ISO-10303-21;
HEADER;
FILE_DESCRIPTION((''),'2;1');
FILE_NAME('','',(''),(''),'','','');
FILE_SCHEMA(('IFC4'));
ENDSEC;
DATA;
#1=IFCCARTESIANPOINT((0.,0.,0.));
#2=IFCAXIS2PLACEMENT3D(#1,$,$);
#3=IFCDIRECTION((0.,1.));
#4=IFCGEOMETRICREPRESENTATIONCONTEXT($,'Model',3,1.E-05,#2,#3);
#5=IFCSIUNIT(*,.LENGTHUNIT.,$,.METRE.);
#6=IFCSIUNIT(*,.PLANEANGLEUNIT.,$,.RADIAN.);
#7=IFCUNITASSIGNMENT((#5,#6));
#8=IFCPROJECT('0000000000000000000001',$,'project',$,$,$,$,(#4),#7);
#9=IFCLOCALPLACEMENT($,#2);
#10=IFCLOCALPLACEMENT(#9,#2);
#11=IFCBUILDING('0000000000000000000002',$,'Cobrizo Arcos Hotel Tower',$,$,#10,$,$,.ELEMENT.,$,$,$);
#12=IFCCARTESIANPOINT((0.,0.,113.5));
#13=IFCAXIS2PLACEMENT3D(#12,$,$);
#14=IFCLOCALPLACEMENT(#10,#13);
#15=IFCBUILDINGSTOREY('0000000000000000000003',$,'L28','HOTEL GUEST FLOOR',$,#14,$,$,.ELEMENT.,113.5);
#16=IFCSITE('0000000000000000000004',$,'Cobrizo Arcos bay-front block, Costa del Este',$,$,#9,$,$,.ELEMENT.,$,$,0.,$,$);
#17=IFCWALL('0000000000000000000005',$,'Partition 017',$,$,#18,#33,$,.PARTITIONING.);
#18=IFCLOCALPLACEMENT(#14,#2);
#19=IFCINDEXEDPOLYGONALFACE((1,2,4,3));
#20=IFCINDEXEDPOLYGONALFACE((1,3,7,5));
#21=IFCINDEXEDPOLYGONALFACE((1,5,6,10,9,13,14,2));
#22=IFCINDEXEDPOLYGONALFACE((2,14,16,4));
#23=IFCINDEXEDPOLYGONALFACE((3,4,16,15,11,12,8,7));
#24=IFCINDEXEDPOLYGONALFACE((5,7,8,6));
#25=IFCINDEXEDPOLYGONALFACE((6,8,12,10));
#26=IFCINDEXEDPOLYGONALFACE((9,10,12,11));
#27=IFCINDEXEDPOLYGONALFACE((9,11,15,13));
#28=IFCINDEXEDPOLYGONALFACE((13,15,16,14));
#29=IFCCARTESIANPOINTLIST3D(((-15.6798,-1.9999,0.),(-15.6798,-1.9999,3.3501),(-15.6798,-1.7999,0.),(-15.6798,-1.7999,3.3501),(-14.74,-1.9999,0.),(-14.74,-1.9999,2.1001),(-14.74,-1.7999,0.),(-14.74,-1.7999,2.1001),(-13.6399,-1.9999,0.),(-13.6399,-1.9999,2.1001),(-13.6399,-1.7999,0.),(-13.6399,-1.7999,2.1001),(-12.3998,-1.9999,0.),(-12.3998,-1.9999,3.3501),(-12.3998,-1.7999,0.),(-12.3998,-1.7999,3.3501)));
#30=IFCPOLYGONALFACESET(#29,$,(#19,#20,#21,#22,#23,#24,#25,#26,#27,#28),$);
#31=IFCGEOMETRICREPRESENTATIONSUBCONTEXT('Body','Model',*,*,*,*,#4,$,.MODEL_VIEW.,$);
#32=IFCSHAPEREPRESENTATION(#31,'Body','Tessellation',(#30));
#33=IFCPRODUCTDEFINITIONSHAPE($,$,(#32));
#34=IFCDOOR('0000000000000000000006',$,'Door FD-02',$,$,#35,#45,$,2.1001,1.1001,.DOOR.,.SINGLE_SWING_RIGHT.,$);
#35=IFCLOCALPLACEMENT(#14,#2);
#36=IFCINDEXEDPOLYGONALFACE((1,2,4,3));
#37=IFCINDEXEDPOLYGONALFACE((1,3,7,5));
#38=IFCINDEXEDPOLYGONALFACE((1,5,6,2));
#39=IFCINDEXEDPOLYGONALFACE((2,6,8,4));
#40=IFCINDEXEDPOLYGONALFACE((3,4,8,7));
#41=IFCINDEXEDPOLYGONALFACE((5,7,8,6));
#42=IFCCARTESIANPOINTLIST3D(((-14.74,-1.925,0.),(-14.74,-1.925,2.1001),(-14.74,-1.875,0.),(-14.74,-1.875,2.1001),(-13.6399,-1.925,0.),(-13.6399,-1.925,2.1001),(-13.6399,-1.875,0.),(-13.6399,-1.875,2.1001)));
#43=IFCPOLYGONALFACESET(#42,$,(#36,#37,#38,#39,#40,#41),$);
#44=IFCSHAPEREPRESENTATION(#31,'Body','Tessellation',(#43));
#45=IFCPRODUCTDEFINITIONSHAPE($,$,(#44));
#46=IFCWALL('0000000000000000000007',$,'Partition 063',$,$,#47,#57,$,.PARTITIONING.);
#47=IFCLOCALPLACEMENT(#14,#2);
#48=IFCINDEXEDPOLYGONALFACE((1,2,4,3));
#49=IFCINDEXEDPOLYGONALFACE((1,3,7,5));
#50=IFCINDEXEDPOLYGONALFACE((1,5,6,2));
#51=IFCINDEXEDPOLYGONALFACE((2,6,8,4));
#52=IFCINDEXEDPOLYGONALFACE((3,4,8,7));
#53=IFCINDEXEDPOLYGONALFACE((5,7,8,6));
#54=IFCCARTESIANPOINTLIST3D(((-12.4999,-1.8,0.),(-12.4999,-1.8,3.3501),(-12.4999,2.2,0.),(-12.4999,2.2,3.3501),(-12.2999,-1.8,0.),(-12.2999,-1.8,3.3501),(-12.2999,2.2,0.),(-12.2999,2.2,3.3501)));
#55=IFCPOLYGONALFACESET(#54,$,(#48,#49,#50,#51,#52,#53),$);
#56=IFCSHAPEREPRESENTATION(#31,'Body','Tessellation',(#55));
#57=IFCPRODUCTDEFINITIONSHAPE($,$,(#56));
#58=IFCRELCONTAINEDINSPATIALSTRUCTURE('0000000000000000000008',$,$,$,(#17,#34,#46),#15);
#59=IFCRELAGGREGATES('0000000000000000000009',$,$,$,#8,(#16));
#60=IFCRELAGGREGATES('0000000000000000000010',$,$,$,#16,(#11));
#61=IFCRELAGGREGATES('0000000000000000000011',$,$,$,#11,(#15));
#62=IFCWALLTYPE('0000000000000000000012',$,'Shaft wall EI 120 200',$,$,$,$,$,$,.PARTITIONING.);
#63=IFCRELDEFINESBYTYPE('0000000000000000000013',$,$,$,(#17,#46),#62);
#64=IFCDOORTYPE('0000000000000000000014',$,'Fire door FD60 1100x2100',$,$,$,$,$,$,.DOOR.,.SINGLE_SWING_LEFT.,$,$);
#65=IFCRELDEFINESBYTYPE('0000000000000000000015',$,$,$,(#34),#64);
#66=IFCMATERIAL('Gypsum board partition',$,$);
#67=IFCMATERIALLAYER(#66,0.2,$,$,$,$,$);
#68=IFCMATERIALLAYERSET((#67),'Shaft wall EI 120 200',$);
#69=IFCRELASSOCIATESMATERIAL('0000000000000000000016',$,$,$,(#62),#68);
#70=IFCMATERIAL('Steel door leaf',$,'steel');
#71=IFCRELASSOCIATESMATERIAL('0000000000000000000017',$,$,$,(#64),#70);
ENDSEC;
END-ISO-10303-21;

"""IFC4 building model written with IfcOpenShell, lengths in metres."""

from ifc_helpers import new_model, si_unit, direction, frame, frame_2d, origin, place, context, subcontext, project, spatial, rectangle, extrude, material, layer, layer_set, type_object, element, fill, save


model = new_model("IFC4")

# Units and contexts
model_context = context("Model", 3, precision=1e-05, world=origin(), true_north=direction((0.0, 1.0)))
body_context = subcontext(model_context, "Body", "Model", "MODEL_VIEW")
ifc_project = project(units=[si_unit("LENGTHUNIT", "METRE"), si_unit("PLANEANGLEUNIT", "RADIAN")], contexts=[model_context])

# Site, building, storey
site_placement = place(None, origin())
site = spatial("IfcSite", under=ifc_project, at=site_placement, Name="Cobrizo Arcos bay-front block, Costa del Este", CompositionType="ELEMENT", RefElevation=0.0)
building_placement = place(site_placement, origin())
building = spatial("IfcBuilding", under=site, at=building_placement, Name="Cobrizo Arcos Hotel Tower", CompositionType="ELEMENT")
storey_placement = place(building_placement, frame((0.0, 0.0, 113.5)))
storey = spatial("IfcBuildingStorey", under=building, at=storey_placement, Name="L28", Description="HOTEL GUEST FLOOR", CompositionType="ELEMENT", Elevation=113.5)

# Shared definitions
ifc_material_1 = material(Name="Gypsum board partition")

# Wall, opening, door
ifc_layer_1 = layer(ifc_material_1, 0.2)
ifc_layer_set_1 = layer_set([ifc_layer_1], Name="Shaft wall EI 120 200")
wall_type_1 = type_object("IfcWallType", Name="Shaft wall EI 120 200", PredefinedType="PARTITIONING", material=ifc_layer_set_1)
wall_1_placement = place(storey_placement, frame((-15.6799, -1.8999, 0.0), z_axis=(0.0, 0.0, 1.0), x_axis=(1.0, 0.0, 0.0)))
wall_1 = element("IfcWall", 1, at=wall_1_placement, inside=storey, type_object=wall_type_1, Name="Partition 017", PredefinedType="PARTITIONING", context=body_context, shape_type="SweptSolid", body=[
    extrude(rectangle(XDim=3.28, YDim=0.2, at=frame_2d((1.6401, 0.0))), origin(), (0.0, 0.0, 1.0), 3.3501),
])
opening_placement = place(wall_1_placement, frame((0.9399, 0.0, 0.0)))
opening = element("IfcOpeningElement", 2, at=opening_placement, cuts=wall_1, PredefinedType="OPENING", context=body_context, shape_type="SweptSolid", body=[
    extrude(rectangle(XDim=1.1001, YDim=2.1001, at=frame_2d((0.55, 1.05))), frame((0.0, 0.1121, 0.0), z_axis=(0.0, -1.0, 0.0), x_axis=(1.0, 0.0, 0.0)), (0.0, 0.0, 1.0), 0.2239),
])
ifc_material_2 = material(Name="Steel door leaf", Category="steel")
door_type = type_object("IfcDoorType", Name="Fire door FD60 1100x2100", OperationType="SINGLE_SWING_LEFT", PredefinedType="DOOR", material=ifc_material_2)
door_placement = place(opening_placement, origin())
door = element("IfcDoor", 3, at=door_placement, inside=storey, type_object=door_type, Name="Door FD-02", OperationType="SINGLE_SWING_RIGHT", OverallHeight=2.1001, OverallWidth=1.1001, PredefinedType="DOOR", context=body_context, shape_type="SweptSolid", body=[
    extrude(rectangle(XDim=1.1001, YDim=2.1001, at=frame_2d((0.55, 1.05))), frame((0.0, 0.0249, 0.0), z_axis=(0.0, -1.0, 0.0), x_axis=(1.0, 0.0, 0.0)), (0.0, 0.0, 1.0), 0.05),
])
fill(opening, door)

# Wall
wall_2_placement = place(storey_placement, frame((-12.3999, -1.8, 0.0), z_axis=(0.0, 0.0, 1.0), x_axis=(0.0, 1.0, 0.0)))
element("IfcWall", 4, at=wall_2_placement, inside=storey, type_object=wall_type_1, Name="Partition 063", PredefinedType="PARTITIONING", context=body_context, shape_type="SweptSolid", body=[
    extrude(rectangle(XDim=4.0, YDim=0.2, at=frame_2d((2.0, 0.0))), origin(), (0.0, 0.0, 1.0), 3.3501),
])

save(model, "model.ifc")
